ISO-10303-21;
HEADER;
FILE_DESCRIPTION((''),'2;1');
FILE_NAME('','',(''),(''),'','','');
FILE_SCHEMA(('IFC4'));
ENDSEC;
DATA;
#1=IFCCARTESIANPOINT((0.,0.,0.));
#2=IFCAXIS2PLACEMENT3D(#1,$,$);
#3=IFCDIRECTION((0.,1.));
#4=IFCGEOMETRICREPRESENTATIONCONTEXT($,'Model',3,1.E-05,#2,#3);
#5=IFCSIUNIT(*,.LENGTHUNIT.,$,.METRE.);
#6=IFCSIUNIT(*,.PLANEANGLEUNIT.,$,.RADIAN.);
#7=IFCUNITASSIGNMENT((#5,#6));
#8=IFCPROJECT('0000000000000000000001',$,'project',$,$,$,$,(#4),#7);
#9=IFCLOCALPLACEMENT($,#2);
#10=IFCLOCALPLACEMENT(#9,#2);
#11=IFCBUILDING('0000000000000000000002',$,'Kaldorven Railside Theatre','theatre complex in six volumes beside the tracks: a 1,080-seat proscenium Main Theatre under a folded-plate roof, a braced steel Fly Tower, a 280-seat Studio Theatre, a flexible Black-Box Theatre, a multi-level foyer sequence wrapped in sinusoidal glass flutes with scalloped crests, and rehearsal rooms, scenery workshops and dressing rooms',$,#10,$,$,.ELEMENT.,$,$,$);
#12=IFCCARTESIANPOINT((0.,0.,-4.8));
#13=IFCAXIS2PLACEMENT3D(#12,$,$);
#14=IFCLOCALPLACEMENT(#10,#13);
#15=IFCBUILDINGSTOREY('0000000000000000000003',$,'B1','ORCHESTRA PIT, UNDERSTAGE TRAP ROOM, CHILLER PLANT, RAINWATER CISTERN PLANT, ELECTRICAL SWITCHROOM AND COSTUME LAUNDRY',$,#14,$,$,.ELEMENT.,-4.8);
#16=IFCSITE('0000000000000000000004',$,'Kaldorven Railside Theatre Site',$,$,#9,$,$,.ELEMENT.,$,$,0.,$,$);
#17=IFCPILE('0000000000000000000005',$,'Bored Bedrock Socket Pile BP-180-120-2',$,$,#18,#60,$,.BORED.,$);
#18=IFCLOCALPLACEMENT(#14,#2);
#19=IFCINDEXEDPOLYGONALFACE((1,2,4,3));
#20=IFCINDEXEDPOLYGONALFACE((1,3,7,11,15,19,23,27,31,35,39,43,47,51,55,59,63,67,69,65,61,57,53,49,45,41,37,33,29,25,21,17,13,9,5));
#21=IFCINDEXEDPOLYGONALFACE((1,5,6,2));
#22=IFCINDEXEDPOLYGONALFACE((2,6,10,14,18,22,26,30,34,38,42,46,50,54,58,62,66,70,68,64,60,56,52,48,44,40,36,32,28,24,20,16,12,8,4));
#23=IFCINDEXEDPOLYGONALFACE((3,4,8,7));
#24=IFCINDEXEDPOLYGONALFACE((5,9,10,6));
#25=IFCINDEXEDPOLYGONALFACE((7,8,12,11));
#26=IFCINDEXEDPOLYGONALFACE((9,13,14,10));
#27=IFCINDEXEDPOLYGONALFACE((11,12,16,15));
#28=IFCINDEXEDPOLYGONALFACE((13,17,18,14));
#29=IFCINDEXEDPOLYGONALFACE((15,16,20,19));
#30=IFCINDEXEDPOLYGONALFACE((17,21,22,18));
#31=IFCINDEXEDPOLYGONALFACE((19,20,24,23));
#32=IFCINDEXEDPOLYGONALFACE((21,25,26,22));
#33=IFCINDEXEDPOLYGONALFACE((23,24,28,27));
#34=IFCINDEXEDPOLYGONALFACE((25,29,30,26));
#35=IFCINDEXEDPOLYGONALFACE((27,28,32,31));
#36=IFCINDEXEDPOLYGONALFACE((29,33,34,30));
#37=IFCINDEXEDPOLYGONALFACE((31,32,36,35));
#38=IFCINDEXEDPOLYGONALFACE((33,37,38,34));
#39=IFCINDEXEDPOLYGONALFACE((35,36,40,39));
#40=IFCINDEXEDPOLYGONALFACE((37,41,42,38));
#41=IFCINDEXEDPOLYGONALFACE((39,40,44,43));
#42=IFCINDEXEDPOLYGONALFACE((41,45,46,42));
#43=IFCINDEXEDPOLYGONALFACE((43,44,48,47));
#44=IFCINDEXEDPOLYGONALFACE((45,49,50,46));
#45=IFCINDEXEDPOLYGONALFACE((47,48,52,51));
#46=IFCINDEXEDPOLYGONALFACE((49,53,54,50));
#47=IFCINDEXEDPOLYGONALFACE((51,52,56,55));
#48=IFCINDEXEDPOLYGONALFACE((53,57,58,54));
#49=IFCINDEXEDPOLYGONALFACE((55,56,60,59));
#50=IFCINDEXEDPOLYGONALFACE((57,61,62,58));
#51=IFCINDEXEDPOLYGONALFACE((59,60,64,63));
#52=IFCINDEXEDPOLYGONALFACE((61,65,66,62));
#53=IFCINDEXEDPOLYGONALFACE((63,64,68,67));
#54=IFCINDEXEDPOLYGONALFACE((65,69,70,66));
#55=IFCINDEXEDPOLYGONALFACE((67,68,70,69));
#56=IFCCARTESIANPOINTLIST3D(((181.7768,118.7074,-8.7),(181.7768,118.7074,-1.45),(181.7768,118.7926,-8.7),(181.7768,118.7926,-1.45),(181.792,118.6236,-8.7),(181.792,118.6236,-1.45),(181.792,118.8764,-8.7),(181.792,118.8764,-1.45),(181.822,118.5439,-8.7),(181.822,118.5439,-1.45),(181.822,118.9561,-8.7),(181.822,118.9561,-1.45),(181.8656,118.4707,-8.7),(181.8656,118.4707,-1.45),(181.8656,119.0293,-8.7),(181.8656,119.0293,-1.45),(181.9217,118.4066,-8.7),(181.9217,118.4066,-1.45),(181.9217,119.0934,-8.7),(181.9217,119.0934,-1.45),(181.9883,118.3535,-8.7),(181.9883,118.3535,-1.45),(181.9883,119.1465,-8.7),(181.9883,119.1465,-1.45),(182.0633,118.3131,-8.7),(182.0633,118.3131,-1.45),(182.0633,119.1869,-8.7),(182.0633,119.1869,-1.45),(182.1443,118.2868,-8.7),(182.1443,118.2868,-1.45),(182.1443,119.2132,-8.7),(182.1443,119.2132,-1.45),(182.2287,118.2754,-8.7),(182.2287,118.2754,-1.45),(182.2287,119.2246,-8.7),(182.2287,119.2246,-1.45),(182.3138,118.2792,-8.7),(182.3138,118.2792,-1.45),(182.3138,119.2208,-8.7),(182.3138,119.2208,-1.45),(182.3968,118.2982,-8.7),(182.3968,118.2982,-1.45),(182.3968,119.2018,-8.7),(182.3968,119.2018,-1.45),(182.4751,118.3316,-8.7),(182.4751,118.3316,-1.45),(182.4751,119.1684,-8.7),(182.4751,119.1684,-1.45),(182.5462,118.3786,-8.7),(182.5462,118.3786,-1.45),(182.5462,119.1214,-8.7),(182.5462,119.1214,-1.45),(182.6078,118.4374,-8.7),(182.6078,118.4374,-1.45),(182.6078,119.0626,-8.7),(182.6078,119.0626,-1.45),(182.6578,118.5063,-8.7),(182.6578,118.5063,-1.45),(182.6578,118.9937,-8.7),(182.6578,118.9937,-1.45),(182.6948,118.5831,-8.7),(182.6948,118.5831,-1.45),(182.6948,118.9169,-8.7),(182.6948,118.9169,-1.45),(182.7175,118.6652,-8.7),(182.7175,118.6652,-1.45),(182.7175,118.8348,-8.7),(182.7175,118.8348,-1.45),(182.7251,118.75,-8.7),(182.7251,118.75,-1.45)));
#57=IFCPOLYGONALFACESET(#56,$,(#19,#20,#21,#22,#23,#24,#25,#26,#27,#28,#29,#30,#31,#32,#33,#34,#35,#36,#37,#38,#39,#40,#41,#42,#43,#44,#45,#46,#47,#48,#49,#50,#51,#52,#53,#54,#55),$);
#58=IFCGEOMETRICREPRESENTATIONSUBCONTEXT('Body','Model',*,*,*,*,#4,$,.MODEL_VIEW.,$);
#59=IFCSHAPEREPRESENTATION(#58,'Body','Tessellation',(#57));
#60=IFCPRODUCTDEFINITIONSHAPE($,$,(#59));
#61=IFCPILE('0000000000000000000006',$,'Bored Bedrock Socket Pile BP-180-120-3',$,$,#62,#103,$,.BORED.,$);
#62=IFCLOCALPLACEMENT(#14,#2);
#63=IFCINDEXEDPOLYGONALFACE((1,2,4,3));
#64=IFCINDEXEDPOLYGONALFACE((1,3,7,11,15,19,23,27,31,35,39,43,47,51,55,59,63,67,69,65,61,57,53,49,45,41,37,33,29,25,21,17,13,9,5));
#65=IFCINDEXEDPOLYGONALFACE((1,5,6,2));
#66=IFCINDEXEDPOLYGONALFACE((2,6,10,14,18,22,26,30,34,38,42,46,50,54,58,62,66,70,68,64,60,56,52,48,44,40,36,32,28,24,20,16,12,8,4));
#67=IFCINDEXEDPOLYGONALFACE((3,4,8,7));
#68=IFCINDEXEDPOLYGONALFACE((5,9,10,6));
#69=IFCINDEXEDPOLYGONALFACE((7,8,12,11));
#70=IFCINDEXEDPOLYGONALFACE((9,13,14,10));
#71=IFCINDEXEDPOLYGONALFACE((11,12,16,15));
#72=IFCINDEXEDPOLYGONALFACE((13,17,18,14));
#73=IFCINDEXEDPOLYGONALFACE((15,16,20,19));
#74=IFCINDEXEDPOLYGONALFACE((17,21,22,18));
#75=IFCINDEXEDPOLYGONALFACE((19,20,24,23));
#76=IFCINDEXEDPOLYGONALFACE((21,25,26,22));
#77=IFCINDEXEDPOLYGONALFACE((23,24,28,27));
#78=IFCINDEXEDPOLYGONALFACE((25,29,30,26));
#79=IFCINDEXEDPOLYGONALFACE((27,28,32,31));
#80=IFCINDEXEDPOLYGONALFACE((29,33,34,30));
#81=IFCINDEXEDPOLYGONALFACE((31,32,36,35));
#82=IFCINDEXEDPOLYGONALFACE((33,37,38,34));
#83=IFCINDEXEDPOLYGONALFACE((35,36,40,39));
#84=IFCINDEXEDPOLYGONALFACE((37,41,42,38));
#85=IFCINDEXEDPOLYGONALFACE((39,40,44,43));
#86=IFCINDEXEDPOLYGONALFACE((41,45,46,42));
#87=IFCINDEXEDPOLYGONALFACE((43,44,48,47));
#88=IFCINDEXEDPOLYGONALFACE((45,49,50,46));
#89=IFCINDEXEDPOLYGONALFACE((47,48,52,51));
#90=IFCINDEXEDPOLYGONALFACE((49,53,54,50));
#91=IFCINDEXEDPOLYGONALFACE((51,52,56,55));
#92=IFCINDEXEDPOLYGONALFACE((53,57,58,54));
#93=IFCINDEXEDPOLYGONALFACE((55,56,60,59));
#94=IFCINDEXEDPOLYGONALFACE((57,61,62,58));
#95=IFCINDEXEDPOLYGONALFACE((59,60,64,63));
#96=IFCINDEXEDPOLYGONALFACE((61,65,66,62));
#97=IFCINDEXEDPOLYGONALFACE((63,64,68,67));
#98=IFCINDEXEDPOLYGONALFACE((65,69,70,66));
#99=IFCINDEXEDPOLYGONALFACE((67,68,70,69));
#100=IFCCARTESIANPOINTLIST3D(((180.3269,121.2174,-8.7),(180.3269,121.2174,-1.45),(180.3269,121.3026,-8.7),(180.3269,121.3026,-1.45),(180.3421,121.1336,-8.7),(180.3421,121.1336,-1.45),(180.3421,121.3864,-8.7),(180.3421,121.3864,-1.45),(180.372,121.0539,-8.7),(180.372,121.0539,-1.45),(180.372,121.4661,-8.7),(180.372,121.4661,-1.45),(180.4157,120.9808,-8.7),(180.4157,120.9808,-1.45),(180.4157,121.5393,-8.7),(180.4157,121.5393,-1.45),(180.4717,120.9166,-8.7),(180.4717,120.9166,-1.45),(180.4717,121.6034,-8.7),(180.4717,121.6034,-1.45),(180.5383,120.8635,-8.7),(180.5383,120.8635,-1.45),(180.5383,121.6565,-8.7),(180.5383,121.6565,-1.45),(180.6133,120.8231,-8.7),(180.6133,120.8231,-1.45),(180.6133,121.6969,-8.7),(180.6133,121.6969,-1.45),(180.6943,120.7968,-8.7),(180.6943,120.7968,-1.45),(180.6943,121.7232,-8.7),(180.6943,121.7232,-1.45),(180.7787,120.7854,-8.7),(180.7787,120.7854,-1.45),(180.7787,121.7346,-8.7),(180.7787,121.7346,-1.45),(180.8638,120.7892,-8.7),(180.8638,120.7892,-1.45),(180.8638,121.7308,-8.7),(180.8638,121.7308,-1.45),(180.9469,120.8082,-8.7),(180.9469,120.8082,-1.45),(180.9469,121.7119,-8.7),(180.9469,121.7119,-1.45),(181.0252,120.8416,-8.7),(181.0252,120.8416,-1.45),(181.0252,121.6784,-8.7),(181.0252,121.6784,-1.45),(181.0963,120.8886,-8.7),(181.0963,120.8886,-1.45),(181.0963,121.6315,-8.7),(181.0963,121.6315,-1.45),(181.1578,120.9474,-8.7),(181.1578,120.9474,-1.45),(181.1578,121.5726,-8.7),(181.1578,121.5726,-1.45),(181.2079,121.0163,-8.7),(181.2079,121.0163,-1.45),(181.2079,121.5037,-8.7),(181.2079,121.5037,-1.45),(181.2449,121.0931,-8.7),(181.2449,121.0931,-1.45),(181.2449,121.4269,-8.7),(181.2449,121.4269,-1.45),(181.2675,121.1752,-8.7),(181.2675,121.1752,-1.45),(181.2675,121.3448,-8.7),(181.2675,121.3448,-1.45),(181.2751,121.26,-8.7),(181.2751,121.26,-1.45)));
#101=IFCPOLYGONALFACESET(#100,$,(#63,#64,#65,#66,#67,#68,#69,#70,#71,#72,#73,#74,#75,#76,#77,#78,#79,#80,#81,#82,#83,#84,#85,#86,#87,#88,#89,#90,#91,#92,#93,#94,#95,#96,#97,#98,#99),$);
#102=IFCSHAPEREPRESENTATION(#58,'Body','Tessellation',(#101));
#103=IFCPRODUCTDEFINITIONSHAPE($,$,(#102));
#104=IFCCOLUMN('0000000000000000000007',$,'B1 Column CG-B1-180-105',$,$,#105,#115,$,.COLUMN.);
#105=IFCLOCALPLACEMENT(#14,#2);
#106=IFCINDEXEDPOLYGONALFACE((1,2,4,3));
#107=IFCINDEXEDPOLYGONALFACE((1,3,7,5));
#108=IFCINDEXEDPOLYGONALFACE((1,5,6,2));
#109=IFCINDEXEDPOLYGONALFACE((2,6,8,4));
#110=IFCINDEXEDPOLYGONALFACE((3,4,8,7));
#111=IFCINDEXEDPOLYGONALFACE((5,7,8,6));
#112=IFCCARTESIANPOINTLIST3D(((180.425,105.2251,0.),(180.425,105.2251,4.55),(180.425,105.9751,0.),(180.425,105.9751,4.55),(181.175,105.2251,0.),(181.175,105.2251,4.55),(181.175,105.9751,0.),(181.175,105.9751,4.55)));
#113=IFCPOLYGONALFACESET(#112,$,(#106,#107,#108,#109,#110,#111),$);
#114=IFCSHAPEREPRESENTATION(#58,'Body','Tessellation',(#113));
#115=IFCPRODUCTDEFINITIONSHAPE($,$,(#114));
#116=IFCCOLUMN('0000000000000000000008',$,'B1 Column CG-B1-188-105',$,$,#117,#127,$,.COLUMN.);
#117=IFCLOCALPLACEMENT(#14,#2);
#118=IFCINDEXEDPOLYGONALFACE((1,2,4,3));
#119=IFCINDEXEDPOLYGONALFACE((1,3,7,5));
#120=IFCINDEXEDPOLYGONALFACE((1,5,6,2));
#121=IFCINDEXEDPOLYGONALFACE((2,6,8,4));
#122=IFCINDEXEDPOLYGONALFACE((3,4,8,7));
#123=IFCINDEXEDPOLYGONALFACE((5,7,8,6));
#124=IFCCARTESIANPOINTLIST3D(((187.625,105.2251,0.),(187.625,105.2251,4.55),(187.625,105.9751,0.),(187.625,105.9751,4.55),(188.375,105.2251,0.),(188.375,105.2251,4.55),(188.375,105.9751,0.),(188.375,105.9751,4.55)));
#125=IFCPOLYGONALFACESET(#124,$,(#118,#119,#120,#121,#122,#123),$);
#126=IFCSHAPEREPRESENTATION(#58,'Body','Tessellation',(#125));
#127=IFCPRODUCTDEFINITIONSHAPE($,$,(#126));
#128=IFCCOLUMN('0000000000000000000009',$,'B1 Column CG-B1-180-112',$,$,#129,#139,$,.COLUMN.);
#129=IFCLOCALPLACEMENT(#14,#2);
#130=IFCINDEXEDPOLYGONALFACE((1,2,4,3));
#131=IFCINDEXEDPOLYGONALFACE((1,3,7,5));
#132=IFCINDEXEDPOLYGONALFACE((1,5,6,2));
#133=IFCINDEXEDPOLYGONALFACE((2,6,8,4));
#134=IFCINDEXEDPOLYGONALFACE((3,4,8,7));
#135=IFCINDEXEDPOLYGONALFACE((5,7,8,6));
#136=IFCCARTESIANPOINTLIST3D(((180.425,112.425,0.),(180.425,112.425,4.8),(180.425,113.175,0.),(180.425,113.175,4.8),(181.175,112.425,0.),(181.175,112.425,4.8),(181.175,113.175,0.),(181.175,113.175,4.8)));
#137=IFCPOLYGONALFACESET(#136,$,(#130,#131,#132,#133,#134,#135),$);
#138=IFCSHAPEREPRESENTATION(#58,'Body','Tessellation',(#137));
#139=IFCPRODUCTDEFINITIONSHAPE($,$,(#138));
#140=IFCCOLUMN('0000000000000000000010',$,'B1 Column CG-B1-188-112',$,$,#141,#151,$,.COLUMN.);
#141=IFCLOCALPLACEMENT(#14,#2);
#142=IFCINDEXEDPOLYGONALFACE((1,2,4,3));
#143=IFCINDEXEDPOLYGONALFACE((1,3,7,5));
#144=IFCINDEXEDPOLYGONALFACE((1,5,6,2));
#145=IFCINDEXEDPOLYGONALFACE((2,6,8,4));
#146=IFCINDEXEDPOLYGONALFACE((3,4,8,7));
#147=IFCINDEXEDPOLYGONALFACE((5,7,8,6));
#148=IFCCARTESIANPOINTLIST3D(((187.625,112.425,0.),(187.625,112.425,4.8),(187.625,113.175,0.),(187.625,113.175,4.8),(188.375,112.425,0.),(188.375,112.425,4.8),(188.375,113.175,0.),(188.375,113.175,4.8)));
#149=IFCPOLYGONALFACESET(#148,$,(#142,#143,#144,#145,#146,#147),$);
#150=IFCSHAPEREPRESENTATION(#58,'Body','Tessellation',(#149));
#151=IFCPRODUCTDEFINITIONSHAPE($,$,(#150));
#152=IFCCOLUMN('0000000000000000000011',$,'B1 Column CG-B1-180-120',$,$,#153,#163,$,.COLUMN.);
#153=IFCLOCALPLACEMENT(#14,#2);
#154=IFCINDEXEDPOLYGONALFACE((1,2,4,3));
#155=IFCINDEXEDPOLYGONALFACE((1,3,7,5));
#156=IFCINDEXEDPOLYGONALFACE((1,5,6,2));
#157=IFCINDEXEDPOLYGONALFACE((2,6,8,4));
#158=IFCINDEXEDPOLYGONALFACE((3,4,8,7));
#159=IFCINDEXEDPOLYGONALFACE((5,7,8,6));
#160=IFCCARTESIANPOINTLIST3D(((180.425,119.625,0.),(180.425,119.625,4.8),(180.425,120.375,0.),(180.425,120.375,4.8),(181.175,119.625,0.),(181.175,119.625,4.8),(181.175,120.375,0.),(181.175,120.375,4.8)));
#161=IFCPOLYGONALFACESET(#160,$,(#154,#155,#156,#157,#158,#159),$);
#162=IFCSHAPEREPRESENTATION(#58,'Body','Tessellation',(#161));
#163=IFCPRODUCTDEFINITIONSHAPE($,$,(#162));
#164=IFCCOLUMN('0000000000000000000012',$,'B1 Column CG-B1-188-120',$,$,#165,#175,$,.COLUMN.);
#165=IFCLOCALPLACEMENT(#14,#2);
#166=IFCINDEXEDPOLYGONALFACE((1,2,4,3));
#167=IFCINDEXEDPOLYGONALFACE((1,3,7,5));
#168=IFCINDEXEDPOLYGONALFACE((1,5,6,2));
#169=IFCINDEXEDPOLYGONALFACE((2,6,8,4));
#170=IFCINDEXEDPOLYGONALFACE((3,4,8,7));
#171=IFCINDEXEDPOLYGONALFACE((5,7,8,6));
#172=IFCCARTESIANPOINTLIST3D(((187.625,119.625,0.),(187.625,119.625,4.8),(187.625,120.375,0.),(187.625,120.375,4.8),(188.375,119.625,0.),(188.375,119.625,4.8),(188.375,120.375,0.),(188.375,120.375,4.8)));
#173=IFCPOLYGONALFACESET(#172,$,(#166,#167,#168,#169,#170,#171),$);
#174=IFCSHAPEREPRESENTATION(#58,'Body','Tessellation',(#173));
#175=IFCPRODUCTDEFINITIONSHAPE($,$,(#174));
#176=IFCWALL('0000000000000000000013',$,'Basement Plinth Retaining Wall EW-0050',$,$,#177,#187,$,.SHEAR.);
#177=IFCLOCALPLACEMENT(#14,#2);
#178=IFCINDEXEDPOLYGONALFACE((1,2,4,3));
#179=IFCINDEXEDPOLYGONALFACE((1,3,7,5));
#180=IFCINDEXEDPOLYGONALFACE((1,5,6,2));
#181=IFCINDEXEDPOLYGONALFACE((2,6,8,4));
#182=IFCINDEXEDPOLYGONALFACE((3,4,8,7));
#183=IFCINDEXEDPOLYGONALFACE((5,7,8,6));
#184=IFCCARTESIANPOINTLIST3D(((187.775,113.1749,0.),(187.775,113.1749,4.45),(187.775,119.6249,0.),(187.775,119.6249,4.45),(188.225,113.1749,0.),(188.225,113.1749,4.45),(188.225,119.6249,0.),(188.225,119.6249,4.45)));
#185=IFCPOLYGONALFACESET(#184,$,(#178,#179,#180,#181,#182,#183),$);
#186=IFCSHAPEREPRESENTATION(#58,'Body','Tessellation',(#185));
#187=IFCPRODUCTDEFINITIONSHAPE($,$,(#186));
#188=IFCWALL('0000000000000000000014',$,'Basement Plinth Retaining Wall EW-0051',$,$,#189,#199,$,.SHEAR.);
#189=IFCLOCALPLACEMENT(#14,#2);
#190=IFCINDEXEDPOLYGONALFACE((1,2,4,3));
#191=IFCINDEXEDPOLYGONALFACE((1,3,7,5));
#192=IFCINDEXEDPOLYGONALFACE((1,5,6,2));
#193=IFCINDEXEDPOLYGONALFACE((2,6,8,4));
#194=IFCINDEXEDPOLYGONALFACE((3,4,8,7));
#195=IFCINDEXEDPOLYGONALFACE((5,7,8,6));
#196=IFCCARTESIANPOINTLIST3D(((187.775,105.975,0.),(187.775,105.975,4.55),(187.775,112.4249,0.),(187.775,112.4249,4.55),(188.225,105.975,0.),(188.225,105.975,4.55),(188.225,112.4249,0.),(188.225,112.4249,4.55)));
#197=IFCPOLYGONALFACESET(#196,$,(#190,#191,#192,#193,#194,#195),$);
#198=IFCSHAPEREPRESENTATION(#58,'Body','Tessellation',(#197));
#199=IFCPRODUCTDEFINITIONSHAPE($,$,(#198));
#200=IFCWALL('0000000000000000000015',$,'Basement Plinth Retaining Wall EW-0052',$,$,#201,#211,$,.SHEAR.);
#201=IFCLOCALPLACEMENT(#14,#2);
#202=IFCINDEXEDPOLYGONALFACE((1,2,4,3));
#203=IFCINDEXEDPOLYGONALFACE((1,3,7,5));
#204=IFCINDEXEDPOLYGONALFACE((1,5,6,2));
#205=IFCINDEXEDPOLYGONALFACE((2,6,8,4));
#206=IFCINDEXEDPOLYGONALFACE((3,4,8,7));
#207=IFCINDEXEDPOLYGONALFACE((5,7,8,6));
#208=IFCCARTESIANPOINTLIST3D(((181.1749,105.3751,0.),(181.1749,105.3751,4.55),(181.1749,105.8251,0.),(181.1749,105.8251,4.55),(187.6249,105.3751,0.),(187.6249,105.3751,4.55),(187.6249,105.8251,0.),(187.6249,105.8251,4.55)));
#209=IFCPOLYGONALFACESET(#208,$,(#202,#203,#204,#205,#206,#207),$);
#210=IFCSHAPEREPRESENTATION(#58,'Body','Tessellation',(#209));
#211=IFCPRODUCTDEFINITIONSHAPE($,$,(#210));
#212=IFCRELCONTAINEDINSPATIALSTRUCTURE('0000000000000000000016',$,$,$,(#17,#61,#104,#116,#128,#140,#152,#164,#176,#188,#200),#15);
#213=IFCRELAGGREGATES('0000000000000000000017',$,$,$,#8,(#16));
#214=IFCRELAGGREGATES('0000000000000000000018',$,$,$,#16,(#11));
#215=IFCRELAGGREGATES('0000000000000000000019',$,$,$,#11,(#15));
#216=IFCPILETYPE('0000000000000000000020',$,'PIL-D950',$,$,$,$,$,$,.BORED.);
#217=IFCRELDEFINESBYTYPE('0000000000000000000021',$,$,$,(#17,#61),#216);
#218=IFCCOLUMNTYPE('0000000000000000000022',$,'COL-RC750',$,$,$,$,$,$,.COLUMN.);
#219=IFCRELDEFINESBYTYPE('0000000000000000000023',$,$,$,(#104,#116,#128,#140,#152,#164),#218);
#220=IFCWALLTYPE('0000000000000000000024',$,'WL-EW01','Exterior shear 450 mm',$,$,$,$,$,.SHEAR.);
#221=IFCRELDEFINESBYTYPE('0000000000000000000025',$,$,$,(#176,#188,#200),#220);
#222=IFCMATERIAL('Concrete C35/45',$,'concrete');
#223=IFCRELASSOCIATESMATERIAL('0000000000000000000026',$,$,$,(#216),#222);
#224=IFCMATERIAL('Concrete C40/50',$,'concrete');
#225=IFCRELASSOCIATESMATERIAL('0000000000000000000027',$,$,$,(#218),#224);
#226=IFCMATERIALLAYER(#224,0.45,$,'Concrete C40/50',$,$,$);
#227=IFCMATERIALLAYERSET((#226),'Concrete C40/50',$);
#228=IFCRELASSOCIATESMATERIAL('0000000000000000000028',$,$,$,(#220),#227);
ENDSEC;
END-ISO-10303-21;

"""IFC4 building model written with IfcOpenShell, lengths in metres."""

from ifc_helpers import new_model, si_unit, direction, frame, frame_2d, origin, origin_2d, place, context, subcontext, project, spatial, rectangle, circle, extrude, material, layer, layer_set, material_profile, profile_set, type_object, element, save


model = new_model("IFC4")

# Units and contexts
model_context = context("Model", 3, precision=1e-05, world=origin(), true_north=direction((0.0, 1.0)))
body_context = subcontext(model_context, "Body", "Model", "MODEL_VIEW")
ifc_project = project(units=[si_unit("LENGTHUNIT", "METRE"), si_unit("PLANEANGLEUNIT", "RADIAN")], contexts=[model_context])

# Site, building, storey
site_placement = place(None, origin())
site = spatial("IfcSite", under=ifc_project, at=site_placement, Name="Kaldorven Railside Theatre Site", CompositionType="ELEMENT", RefElevation=0.0)
building_placement = place(site_placement, origin())
building = spatial("IfcBuilding", under=site, at=building_placement, Name="Kaldorven Railside Theatre", Description="theatre complex in six volumes beside the tracks: a 1,080-seat proscenium Main Theatre under a folded-plate roof, a braced steel Fly Tower, a 280-seat Studio Theatre, a flexible Black-Box Theatre, a multi-level foyer sequence wrapped in sinusoidal glass flutes with scalloped crests, and rehearsal rooms, scenery workshops and dressing rooms", CompositionType="ELEMENT")
storey_placement = place(building_placement, frame((0.0, 0.0, -4.8)))
storey = spatial("IfcBuildingStorey", under=building, at=storey_placement, Name="B1", Description="ORCHESTRA PIT, UNDERSTAGE TRAP ROOM, CHILLER PLANT, RAINWATER CISTERN PLANT, ELECTRICAL SWITCHROOM AND COSTUME LAUNDRY", CompositionType="ELEMENT", Elevation=-4.8)

# Shared definitions
ifc_material_1 = material(Name="Concrete C40/50", Category="concrete")

# Piles
ifc_material_2 = material(Name="Concrete C35/45", Category="concrete")
ifc_material_profile_1 = material_profile(ifc_material_2, circle(Radius=0.4751, at=origin_2d()), Name="BP D950")
ifc_profile_set_1 = profile_set([ifc_material_profile_1], Name="Concrete C35/45")
pile_type_1 = type_object("IfcPileType", Name="PIL-D950", PredefinedType="BORED", material=ifc_profile_set_1)
for number, where, z_axis, x_axis, name in (
    (1, (182.25, 118.75, -1.45), (0.0, 0.0, -1.0), (1.0, 0.0, 0.0), "Bored Bedrock Socket Pile BP-180-120-2"),
    (2, (180.8, 121.26, -1.45), (0.0, 0.0, -1.0), (1.0, 0.0, 0.0), "Bored Bedrock Socket Pile BP-180-120-3"),
):
    element("IfcPile", number, at=place(storey_placement, frame(where, z_axis=z_axis, x_axis=x_axis)), inside=storey, type_object=pile_type_1, Name=name, PredefinedType="BORED", context=body_context, shape_type="SweptSolid", body=[
        extrude(circle(Radius=0.4751, at=origin_2d()), origin(), (0.0, 0.0, 1.0), 7.25),
    ])

# Columns
ifc_material_profile_2 = material_profile(ifc_material_1, rectangle(XDim=0.75, YDim=0.75, at=origin_2d()), Name="RC 750x750")
ifc_profile_set_2 = profile_set([ifc_material_profile_2], Name="Concrete C40/50")
column_type = type_object("IfcColumnType", Name="COL-RC750", PredefinedType="COLUMN", material=ifc_profile_set_2)
for number, where, z_axis, x_axis, name in (
    (3, (180.8, 105.6001, 0.0), (0.0, 0.0, 1.0), (1.0, 0.0, 0.0), "B1 Column CG-B1-180-105"),
    (4, (188.0, 105.6001, 0.0), (0.0, 0.0, 1.0), (0.0, 1.0, 0.0), "B1 Column CG-B1-188-105"),
):
    element("IfcColumn", number, at=place(storey_placement, frame(where, z_axis=z_axis, x_axis=x_axis)), inside=storey, type_object=column_type, Name=name, PredefinedType="COLUMN", context=body_context, shape_type="SweptSolid", body=[
        extrude(rectangle(XDim=0.75, YDim=0.75, at=origin_2d()), origin(), (0.0, 0.0, 1.0), 4.55),
    ])
for number, where, z_axis, x_axis, name in (
    (5, (180.8, 112.8, 0.0), (0.0, 0.0, 1.0), (0.0, 1.0, 0.0), "B1 Column CG-B1-180-112"),
    (6, (188.0, 112.8, 0.0), (0.0, 0.0, 1.0), (1.0, 0.0, 0.0), "B1 Column CG-B1-188-112"),
    (7, (180.8, 120.0, 0.0), (0.0, 0.0, 1.0), (1.0, 0.0, 0.0), "B1 Column CG-B1-180-120"),
    (8, (188.0, 120.0, 0.0), (0.0, 0.0, 1.0), (1.0, 0.0, 0.0), "B1 Column CG-B1-188-120"),
):
    element("IfcColumn", number, at=place(storey_placement, frame(where, z_axis=z_axis, x_axis=x_axis)), inside=storey, type_object=column_type, Name=name, PredefinedType="COLUMN", context=body_context, shape_type="SweptSolid", body=[
        extrude(rectangle(XDim=0.75, YDim=0.75, at=origin_2d()), origin(), (0.0, 0.0, 1.0), 4.8),
    ])

# Walls
ifc_layer = layer(ifc_material_1, 0.45, Name="Concrete C40/50")
ifc_layer_set = layer_set([ifc_layer], Name="Concrete C40/50")
wall_type = type_object("IfcWallType", Name="WL-EW01", Description="Exterior shear 450 mm", PredefinedType="SHEAR", material=ifc_layer_set)
wall_placement = place(storey_placement, frame((188.0, 119.625, 0.0), z_axis=(0.0, 0.0, 1.0), x_axis=(0.0, -1.0, 0.0)))
element("IfcWall", 9, at=wall_placement, inside=storey, type_object=wall_type, Name="Basement Plinth Retaining Wall EW-0050", PredefinedType="SHEAR", context=body_context, shape_type="SweptSolid", body=[
    extrude(rectangle(XDim=6.45, YDim=0.45, at=frame_2d((3.2251, 0.0))), origin(), (0.0, 0.0, 1.0), 4.45),
])
for number, where, z_axis, x_axis, name in (
    (10, (188.0, 112.425, 0.0), (0.0, 0.0, 1.0), (0.0, -1.0, 0.0), "Basement Plinth Retaining Wall EW-0051"),
    (11, (187.625, 105.6001, 0.0), (0.0, 0.0, 1.0), (-1.0, 0.0, 0.0), "Basement Plinth Retaining Wall EW-0052"),
):
    element("IfcWall", number, at=place(storey_placement, frame(where, z_axis=z_axis, x_axis=x_axis)), inside=storey, type_object=wall_type, Name=name, PredefinedType="SHEAR", context=body_context, shape_type="SweptSolid", body=[
        extrude(rectangle(XDim=6.45, YDim=0.45, at=frame_2d((3.2251, 0.0))), origin(), (0.0, 0.0, 1.0), 4.55),
    ])

save(model, "model.ifc")
